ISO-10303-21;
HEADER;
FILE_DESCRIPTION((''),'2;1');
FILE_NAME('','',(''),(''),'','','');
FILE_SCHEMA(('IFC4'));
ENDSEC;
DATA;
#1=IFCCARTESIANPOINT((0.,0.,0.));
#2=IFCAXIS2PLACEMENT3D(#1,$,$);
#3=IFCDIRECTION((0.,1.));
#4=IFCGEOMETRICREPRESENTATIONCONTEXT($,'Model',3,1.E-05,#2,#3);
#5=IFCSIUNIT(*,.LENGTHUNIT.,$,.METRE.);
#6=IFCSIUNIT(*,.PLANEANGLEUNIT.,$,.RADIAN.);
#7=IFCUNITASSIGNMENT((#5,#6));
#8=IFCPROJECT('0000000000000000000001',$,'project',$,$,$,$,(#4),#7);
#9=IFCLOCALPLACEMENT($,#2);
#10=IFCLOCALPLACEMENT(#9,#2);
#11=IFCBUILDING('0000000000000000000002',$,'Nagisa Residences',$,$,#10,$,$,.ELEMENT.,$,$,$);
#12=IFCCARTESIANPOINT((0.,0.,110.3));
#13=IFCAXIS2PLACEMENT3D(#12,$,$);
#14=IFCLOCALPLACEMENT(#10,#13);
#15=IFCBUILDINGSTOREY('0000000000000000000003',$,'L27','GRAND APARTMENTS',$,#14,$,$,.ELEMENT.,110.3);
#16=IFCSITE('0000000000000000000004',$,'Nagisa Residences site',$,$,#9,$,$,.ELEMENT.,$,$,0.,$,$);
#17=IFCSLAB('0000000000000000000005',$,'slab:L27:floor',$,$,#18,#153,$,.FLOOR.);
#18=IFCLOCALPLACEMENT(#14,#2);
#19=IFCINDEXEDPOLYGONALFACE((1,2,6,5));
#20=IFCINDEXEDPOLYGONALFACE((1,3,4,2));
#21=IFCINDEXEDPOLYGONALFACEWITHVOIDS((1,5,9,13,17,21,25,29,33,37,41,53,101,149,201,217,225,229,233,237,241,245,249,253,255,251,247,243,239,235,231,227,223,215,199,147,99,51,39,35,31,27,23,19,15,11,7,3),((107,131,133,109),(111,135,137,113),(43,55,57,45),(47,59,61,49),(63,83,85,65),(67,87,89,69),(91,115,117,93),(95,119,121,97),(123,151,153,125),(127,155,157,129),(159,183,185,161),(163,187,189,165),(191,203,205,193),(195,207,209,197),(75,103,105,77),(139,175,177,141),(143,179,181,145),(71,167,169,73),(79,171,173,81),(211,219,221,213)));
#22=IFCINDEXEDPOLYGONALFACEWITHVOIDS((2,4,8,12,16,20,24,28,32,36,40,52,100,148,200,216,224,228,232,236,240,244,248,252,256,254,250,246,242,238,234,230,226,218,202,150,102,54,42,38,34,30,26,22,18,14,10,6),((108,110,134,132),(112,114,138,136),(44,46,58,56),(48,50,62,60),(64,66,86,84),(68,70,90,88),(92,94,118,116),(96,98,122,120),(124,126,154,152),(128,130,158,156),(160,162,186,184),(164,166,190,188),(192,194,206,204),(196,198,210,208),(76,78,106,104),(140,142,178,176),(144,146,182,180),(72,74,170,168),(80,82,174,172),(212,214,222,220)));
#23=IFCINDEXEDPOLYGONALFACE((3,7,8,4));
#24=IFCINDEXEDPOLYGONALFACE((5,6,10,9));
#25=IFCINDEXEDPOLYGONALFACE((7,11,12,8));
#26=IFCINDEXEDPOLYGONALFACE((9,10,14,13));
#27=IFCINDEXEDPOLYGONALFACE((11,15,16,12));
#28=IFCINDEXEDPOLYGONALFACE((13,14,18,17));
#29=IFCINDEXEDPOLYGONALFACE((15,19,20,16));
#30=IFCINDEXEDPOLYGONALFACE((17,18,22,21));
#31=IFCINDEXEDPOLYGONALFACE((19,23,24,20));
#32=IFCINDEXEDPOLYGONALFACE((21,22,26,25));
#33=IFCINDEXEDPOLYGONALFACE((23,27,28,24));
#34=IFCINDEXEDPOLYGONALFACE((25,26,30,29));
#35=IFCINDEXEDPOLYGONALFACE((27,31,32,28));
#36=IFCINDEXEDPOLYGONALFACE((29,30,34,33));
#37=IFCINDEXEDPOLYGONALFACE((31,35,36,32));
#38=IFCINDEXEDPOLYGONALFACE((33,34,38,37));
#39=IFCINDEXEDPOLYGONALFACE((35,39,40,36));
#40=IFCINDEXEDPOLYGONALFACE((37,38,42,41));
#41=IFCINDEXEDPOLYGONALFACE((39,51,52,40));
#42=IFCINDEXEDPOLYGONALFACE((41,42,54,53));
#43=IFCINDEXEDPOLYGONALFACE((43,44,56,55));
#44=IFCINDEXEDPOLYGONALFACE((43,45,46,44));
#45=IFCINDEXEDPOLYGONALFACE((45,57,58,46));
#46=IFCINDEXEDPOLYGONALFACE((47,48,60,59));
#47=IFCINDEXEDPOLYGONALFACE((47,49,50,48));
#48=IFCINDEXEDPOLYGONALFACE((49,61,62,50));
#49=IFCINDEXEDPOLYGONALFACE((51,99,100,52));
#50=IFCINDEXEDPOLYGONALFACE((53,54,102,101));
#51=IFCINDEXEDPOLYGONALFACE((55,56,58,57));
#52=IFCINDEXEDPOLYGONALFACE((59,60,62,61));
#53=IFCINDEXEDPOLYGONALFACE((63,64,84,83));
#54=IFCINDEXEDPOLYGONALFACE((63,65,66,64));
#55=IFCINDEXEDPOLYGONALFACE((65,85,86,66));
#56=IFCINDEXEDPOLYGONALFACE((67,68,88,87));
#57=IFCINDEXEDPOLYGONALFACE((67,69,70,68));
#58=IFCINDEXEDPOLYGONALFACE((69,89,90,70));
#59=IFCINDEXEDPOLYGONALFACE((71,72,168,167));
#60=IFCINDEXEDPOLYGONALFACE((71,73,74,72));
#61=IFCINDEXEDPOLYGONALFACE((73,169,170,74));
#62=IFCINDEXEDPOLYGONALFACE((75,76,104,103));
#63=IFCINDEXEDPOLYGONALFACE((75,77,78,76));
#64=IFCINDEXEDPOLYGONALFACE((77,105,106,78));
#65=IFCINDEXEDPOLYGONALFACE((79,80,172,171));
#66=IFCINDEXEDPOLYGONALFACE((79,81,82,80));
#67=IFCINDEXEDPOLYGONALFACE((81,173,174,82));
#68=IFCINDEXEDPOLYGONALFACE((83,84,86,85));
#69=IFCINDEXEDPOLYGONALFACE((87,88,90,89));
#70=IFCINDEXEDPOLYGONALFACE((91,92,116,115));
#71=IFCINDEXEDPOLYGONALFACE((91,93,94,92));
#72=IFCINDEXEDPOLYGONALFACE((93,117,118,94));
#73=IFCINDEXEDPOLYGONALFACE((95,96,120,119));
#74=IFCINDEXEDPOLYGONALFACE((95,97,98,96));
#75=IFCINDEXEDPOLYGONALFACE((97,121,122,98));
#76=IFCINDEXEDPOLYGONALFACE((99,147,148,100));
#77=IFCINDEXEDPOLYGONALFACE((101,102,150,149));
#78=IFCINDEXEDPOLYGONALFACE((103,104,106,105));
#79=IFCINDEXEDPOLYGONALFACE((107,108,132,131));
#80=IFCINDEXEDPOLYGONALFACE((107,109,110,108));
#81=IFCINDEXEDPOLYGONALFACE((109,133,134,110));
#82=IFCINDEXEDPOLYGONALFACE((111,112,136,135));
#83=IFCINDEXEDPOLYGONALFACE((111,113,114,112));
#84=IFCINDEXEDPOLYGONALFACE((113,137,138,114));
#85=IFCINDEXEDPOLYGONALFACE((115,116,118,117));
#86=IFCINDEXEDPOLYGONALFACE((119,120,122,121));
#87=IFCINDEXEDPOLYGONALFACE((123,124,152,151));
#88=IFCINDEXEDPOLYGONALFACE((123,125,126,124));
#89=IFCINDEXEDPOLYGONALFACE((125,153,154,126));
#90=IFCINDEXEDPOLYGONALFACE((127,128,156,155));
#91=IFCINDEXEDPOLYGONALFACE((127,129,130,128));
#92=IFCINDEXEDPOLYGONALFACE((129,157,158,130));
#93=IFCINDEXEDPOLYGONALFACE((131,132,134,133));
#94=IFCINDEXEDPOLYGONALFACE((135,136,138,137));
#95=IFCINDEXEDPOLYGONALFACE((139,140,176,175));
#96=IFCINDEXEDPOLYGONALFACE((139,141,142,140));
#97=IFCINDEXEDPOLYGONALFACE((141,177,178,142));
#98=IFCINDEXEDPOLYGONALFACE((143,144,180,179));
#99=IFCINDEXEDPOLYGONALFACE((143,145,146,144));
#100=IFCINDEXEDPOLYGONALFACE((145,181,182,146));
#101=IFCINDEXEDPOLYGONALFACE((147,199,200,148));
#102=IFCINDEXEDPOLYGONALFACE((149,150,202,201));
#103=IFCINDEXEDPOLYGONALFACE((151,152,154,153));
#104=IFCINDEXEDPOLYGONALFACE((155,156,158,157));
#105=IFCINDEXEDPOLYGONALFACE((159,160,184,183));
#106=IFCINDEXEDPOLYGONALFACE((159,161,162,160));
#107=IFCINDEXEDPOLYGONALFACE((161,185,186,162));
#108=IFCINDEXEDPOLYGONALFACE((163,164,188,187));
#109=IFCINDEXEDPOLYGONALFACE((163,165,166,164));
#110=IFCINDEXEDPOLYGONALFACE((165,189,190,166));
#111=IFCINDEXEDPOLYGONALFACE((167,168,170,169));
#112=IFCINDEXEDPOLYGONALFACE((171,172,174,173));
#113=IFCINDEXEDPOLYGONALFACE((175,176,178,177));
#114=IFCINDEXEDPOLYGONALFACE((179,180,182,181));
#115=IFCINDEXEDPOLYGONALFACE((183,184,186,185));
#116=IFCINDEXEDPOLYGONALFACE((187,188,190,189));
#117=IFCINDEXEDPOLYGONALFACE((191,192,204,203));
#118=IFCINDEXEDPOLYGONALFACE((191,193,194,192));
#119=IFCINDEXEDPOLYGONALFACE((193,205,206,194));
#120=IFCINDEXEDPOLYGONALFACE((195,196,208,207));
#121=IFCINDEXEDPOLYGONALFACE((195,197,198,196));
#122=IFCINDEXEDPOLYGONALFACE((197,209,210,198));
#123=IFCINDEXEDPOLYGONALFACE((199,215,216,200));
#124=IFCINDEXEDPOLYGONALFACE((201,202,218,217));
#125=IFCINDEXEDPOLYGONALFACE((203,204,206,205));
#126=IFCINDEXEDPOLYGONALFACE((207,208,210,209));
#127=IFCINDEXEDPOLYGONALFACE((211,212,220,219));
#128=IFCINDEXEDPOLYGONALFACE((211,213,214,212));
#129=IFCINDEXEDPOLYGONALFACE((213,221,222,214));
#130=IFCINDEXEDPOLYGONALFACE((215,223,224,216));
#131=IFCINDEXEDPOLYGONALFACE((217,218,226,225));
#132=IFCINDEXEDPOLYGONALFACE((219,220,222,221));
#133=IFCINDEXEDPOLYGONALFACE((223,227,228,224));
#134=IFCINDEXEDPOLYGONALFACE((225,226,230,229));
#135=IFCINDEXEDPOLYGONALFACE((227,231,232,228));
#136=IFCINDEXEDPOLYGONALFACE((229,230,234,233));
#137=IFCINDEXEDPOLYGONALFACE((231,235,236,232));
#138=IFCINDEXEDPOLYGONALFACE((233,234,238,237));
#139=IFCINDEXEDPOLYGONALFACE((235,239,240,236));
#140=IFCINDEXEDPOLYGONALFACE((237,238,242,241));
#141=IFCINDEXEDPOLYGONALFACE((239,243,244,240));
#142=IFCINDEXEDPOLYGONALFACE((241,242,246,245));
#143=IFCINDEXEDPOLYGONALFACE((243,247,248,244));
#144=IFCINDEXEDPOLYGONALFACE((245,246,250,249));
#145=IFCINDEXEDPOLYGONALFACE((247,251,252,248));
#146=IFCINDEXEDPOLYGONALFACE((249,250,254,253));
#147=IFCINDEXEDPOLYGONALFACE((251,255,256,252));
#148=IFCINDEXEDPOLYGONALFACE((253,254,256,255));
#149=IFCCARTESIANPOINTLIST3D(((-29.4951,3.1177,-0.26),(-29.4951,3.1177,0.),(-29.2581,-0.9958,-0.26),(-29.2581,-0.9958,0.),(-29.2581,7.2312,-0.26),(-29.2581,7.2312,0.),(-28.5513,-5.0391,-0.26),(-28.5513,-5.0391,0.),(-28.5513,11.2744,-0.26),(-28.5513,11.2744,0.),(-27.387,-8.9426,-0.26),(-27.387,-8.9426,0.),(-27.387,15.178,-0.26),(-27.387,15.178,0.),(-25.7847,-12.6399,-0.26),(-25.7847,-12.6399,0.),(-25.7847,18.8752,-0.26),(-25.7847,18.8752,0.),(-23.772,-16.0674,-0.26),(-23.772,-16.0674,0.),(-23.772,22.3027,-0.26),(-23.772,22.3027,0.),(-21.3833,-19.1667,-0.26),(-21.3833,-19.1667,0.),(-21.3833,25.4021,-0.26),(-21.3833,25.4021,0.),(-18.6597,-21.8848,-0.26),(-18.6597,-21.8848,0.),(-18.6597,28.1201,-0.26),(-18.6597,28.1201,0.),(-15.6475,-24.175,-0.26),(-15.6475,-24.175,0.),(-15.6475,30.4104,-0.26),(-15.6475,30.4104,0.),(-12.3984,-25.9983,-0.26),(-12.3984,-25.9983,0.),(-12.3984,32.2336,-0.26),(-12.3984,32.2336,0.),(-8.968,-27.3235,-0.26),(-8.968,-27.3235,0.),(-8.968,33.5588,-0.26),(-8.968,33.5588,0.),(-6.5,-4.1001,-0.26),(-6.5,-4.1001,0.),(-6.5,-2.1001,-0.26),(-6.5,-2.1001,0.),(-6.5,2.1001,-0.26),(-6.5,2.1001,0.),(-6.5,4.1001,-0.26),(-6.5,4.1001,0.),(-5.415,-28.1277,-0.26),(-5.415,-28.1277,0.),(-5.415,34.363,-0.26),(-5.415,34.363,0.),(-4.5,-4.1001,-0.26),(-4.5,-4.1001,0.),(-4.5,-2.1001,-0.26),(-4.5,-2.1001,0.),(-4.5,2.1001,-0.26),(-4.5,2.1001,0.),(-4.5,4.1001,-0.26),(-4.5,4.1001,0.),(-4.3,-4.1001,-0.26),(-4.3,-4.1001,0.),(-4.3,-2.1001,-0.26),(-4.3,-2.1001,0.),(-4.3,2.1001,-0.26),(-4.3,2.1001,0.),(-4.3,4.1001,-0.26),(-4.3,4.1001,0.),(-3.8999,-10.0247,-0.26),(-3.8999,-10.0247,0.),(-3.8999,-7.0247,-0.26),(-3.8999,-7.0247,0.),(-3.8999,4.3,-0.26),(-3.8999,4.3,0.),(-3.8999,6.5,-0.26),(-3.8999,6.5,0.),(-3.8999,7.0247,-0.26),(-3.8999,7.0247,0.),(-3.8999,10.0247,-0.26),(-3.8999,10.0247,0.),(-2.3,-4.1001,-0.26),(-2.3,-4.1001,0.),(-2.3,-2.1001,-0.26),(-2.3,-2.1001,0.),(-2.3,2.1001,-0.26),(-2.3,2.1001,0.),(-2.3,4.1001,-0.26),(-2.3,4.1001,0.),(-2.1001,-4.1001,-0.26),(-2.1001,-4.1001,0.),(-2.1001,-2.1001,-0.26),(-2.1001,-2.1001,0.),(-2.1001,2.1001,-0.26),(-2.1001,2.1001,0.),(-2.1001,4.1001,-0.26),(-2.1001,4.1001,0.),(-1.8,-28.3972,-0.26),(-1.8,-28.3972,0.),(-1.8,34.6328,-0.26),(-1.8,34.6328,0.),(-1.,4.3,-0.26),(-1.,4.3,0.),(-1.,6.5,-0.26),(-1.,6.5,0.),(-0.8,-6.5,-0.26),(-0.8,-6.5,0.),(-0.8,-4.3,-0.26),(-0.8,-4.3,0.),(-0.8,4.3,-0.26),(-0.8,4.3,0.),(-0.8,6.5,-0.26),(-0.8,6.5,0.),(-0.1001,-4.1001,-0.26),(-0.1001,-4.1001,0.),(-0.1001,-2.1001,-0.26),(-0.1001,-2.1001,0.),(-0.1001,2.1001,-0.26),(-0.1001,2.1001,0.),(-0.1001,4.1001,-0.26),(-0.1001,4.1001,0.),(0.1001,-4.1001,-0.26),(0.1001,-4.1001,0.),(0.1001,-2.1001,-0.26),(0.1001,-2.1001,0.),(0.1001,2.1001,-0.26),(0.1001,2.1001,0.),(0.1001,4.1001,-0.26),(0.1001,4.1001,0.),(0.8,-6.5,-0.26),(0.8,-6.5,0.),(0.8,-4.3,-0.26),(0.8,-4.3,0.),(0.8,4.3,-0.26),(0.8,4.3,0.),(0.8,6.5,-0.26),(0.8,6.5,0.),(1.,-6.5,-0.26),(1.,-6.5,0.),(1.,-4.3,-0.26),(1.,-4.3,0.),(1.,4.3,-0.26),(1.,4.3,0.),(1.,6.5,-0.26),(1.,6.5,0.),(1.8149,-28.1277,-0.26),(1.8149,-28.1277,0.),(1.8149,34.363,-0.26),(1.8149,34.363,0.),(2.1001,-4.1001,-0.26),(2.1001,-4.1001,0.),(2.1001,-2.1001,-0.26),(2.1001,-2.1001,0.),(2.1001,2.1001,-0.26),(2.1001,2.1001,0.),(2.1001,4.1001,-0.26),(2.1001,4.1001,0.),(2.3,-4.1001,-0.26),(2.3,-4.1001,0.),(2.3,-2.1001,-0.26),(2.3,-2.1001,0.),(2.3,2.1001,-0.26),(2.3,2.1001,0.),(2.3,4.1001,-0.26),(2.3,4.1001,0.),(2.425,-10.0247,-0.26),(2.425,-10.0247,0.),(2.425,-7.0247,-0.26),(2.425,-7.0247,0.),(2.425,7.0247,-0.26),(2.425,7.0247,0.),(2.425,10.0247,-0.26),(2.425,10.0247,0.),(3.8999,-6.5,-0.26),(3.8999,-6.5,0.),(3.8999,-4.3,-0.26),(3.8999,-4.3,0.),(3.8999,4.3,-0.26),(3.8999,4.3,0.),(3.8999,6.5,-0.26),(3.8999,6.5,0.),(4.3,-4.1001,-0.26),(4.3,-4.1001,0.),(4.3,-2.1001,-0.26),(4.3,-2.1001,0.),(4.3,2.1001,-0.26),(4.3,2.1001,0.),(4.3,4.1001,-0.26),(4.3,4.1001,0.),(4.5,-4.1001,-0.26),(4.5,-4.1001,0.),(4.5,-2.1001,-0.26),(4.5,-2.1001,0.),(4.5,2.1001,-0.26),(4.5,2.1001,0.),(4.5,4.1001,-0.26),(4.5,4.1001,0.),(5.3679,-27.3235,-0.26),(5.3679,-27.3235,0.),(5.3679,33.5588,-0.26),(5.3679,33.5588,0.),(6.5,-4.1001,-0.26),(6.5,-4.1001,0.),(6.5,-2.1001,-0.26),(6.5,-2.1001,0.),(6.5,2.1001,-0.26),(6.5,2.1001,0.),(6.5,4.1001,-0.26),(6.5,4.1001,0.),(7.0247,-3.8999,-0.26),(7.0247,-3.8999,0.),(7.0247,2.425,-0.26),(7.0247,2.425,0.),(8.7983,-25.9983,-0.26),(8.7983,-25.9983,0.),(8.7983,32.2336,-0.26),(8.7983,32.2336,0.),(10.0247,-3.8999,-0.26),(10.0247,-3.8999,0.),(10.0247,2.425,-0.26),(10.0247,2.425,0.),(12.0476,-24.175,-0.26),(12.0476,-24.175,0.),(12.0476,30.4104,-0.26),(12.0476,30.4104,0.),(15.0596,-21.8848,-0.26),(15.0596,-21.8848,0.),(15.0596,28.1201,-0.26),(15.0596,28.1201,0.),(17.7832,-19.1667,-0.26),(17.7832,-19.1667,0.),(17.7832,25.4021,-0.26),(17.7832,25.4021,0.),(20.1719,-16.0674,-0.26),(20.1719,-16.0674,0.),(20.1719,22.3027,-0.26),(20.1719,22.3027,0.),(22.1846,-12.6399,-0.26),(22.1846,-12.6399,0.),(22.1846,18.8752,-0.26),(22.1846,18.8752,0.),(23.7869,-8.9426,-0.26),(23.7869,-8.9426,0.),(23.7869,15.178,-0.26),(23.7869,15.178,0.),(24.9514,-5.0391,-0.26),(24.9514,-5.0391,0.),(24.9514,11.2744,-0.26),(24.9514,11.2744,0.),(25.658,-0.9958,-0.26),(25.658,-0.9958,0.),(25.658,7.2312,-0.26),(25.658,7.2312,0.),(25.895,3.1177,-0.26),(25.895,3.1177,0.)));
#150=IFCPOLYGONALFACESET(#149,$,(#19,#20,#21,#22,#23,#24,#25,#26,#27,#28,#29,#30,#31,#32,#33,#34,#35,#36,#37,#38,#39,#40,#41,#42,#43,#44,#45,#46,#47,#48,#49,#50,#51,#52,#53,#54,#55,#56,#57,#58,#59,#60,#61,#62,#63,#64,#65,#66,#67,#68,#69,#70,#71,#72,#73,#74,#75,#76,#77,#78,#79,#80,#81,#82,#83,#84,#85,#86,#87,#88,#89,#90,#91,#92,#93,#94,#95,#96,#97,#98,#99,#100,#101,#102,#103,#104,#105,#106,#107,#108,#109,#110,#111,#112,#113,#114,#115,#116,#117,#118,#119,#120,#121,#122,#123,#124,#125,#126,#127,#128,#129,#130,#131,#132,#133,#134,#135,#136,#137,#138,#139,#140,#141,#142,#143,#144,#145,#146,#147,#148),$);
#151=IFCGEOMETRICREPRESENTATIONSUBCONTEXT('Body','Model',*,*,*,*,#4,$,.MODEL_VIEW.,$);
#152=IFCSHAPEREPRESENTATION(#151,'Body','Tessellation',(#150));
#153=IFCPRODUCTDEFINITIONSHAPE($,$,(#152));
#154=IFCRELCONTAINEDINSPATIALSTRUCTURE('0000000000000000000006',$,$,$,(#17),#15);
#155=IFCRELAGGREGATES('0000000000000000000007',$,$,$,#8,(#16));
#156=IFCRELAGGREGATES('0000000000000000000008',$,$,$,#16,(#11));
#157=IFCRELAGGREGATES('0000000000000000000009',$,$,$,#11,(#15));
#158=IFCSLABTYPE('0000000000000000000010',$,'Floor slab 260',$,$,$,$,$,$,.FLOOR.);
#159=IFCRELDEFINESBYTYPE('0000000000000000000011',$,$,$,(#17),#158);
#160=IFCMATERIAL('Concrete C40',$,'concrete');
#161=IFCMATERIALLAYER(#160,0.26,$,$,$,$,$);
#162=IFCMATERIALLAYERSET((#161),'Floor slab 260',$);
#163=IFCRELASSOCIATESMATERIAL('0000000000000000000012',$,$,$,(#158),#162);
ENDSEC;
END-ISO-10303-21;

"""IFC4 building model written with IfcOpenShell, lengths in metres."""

from ifc_helpers import new_model, si_unit, direction, frame, origin, place, context, subcontext, project, spatial, polyline, outline, extrude, material, layer, layer_set, type_object, element, save


model = new_model("IFC4")

# Units and contexts
model_context = context("Model", 3, precision=1e-05, world=origin(), true_north=direction((0.0, 1.0)))
body_context = subcontext(model_context, "Body", "Model", "MODEL_VIEW")
ifc_project = project(units=[si_unit("LENGTHUNIT", "METRE"), si_unit("PLANEANGLEUNIT", "RADIAN")], contexts=[model_context])

# Site, building, storey
site_placement = place(None, origin())
site = spatial("IfcSite", under=ifc_project, at=site_placement, Name="Nagisa Residences site", CompositionType="ELEMENT", RefElevation=0.0)
building_placement = place(site_placement, origin())
building = spatial("IfcBuilding", under=site, at=building_placement, Name="Nagisa Residences", CompositionType="ELEMENT")
storey_placement = place(building_placement, frame((0.0, 0.0, 110.3)))
storey = spatial("IfcBuildingStorey", under=building, at=storey_placement, Name="L27", Description="GRAND APARTMENTS", CompositionType="ELEMENT", Elevation=110.3)

# Slab
ifc_material_1 = material(Name="Concrete C40", Category="concrete")
ifc_layer_1 = layer(ifc_material_1, 0.26)
ifc_layer_set_1 = layer_set([ifc_layer_1], Name="Floor slab 260")
slab_type_1 = type_object("IfcSlabType", Name="Floor slab 260", PredefinedType="FLOOR", material=ifc_layer_set_1)
slab_1_placement = place(storey_placement, frame((0.0, 0.0, -0.26)))
element("IfcSlab", 1, at=slab_1_placement, inside=storey, type_object=slab_type_1, Name="slab:L27:floor", PredefinedType="FLOOR", context=body_context, shape_type="SweptSolid", body=[
    extrude(outline(polyline([(25.895, 3.1177), (25.658, 7.2312), (24.9514, 11.2744), (23.7869, 15.178), (22.1846, 18.8752), (20.1719, 22.3027), (17.7832, 25.4021), (15.0596, 28.1201), (12.0476, 30.4104), (8.7983, 32.2336), (5.3679, 33.5588), (1.8149, 34.363), (-1.8, 34.6328), (-5.415, 34.363), (-8.968, 33.5588), (-12.3984, 32.2336), (-15.6475, 30.4104), (-18.6597, 28.1201), (-21.3833, 25.4021), (-23.772, 22.3027), (-25.7847, 18.8752), (-27.387, 15.178), (-28.5513, 11.2744), (-29.2581, 7.2312), (-29.4951, 3.1177), (-29.2581, -0.9958), (-28.5513, -5.0391), (-27.387, -8.9426), (-25.7847, -12.6399), (-23.772, -16.0674), (-21.3833, -19.1667), (-18.6597, -21.8848), (-15.6475, -24.175), (-12.3984, -25.9983), (-8.968, -27.3235), (-5.415, -28.1277), (-1.8, -28.3972), (1.8149, -28.1277), (5.3679, -27.3235), (8.7983, -25.9983), (12.0476, -24.175), (15.0596, -21.8848), (17.7832, -19.1667), (20.1719, -16.0674), (22.1846, -12.6399), (23.7869, -8.9426), (24.9514, -5.0391), (25.658, -0.9958), (25.895, 3.1177)]), holes=[polyline([(-4.5, 2.1001), (-4.5, 4.1001), (-6.5, 4.1001), (-6.5, 2.1001), (-4.5, 2.1001)]), polyline([(-2.3, 2.1001), (-2.3, 4.1001), (-4.3, 4.1001), (-4.3, 2.1001), (-2.3, 2.1001)]), polyline([(-0.1001, 2.1001), (-0.1001, 4.1001), (-2.1001, 4.1001), (-2.1001, 2.1001), (-0.1001, 2.1001)]), polyline([(2.1001, 2.1001), (2.1001, 4.1001), (0.1001, 4.1001), (0.1001, 2.1001), (2.1001, 2.1001)]), polyline([(4.3, 2.1001), (4.3, 4.1001), (2.3, 4.1001), (2.3, 2.1001), (4.3, 2.1001)]), polyline([(6.5, 2.1001), (6.5, 4.1001), (4.5, 4.1001), (4.5, 2.1001), (6.5, 2.1001)]), polyline([(-4.5, -4.1001), (-4.5, -2.1001), (-6.5, -2.1001), (-6.5, -4.1001), (-4.5, -4.1001)]), polyline([(-2.3, -4.1001), (-2.3, -2.1001), (-4.3, -2.1001), (-4.3, -4.1001), (-2.3, -4.1001)]), polyline([(-0.1001, -4.1001), (-0.1001, -2.1001), (-2.1001, -2.1001), (-2.1001, -4.1001), (-0.1001, -4.1001)]), polyline([(2.1001, -4.1001), (2.1001, -2.1001), (0.1001, -2.1001), (0.1001, -4.1001), (2.1001, -4.1001)]), polyline([(4.3, -4.1001), (4.3, -2.1001), (2.3, -2.1001), (2.3, -4.1001), (4.3, -4.1001)]), polyline([(6.5, -4.1001), (6.5, -2.1001), (4.5, -2.1001), (4.5, -4.1001), (6.5, -4.1001)]), polyline([(3.8999, 4.3), (3.8999, 6.5), (1.0, 6.5), (1.0, 4.3), (3.8999, 4.3)]), polyline([(3.8999, -6.5), (3.8999, -4.3), (1.0, -4.3), (1.0, -6.5), (3.8999, -6.5)]), polyline([(-1.0, 4.3), (-1.0, 6.5), (-3.8999, 6.5), (-3.8999, 4.3), (-1.0, 4.3)]), polyline([(0.8, 4.3), (0.8, 6.5), (-0.8, 6.5), (-0.8, 4.3), (0.8, 4.3)]), polyline([(0.8, -6.5), (0.8, -4.3), (-0.8, -4.3), (-0.8, -6.5), (0.8, -6.5)]), polyline([(10.0247, -3.8999), (7.0247, -3.8999), (7.0247, 2.425), (10.0247, 2.425), (10.0247, -3.8999)]), polyline([(-3.8999, 7.0247), (-3.8999, 10.0247), (2.425, 10.0247), (2.425, 7.0247), (-3.8999, 7.0247)]), polyline([(-3.8999, -10.0247), (-3.8999, -7.0247), (2.425, -7.0247), (2.425, -10.0247), (-3.8999, -10.0247)])]), origin(), (0.0, 0.0, 1.0), 0.26),
])

save(model, "model.ifc")
